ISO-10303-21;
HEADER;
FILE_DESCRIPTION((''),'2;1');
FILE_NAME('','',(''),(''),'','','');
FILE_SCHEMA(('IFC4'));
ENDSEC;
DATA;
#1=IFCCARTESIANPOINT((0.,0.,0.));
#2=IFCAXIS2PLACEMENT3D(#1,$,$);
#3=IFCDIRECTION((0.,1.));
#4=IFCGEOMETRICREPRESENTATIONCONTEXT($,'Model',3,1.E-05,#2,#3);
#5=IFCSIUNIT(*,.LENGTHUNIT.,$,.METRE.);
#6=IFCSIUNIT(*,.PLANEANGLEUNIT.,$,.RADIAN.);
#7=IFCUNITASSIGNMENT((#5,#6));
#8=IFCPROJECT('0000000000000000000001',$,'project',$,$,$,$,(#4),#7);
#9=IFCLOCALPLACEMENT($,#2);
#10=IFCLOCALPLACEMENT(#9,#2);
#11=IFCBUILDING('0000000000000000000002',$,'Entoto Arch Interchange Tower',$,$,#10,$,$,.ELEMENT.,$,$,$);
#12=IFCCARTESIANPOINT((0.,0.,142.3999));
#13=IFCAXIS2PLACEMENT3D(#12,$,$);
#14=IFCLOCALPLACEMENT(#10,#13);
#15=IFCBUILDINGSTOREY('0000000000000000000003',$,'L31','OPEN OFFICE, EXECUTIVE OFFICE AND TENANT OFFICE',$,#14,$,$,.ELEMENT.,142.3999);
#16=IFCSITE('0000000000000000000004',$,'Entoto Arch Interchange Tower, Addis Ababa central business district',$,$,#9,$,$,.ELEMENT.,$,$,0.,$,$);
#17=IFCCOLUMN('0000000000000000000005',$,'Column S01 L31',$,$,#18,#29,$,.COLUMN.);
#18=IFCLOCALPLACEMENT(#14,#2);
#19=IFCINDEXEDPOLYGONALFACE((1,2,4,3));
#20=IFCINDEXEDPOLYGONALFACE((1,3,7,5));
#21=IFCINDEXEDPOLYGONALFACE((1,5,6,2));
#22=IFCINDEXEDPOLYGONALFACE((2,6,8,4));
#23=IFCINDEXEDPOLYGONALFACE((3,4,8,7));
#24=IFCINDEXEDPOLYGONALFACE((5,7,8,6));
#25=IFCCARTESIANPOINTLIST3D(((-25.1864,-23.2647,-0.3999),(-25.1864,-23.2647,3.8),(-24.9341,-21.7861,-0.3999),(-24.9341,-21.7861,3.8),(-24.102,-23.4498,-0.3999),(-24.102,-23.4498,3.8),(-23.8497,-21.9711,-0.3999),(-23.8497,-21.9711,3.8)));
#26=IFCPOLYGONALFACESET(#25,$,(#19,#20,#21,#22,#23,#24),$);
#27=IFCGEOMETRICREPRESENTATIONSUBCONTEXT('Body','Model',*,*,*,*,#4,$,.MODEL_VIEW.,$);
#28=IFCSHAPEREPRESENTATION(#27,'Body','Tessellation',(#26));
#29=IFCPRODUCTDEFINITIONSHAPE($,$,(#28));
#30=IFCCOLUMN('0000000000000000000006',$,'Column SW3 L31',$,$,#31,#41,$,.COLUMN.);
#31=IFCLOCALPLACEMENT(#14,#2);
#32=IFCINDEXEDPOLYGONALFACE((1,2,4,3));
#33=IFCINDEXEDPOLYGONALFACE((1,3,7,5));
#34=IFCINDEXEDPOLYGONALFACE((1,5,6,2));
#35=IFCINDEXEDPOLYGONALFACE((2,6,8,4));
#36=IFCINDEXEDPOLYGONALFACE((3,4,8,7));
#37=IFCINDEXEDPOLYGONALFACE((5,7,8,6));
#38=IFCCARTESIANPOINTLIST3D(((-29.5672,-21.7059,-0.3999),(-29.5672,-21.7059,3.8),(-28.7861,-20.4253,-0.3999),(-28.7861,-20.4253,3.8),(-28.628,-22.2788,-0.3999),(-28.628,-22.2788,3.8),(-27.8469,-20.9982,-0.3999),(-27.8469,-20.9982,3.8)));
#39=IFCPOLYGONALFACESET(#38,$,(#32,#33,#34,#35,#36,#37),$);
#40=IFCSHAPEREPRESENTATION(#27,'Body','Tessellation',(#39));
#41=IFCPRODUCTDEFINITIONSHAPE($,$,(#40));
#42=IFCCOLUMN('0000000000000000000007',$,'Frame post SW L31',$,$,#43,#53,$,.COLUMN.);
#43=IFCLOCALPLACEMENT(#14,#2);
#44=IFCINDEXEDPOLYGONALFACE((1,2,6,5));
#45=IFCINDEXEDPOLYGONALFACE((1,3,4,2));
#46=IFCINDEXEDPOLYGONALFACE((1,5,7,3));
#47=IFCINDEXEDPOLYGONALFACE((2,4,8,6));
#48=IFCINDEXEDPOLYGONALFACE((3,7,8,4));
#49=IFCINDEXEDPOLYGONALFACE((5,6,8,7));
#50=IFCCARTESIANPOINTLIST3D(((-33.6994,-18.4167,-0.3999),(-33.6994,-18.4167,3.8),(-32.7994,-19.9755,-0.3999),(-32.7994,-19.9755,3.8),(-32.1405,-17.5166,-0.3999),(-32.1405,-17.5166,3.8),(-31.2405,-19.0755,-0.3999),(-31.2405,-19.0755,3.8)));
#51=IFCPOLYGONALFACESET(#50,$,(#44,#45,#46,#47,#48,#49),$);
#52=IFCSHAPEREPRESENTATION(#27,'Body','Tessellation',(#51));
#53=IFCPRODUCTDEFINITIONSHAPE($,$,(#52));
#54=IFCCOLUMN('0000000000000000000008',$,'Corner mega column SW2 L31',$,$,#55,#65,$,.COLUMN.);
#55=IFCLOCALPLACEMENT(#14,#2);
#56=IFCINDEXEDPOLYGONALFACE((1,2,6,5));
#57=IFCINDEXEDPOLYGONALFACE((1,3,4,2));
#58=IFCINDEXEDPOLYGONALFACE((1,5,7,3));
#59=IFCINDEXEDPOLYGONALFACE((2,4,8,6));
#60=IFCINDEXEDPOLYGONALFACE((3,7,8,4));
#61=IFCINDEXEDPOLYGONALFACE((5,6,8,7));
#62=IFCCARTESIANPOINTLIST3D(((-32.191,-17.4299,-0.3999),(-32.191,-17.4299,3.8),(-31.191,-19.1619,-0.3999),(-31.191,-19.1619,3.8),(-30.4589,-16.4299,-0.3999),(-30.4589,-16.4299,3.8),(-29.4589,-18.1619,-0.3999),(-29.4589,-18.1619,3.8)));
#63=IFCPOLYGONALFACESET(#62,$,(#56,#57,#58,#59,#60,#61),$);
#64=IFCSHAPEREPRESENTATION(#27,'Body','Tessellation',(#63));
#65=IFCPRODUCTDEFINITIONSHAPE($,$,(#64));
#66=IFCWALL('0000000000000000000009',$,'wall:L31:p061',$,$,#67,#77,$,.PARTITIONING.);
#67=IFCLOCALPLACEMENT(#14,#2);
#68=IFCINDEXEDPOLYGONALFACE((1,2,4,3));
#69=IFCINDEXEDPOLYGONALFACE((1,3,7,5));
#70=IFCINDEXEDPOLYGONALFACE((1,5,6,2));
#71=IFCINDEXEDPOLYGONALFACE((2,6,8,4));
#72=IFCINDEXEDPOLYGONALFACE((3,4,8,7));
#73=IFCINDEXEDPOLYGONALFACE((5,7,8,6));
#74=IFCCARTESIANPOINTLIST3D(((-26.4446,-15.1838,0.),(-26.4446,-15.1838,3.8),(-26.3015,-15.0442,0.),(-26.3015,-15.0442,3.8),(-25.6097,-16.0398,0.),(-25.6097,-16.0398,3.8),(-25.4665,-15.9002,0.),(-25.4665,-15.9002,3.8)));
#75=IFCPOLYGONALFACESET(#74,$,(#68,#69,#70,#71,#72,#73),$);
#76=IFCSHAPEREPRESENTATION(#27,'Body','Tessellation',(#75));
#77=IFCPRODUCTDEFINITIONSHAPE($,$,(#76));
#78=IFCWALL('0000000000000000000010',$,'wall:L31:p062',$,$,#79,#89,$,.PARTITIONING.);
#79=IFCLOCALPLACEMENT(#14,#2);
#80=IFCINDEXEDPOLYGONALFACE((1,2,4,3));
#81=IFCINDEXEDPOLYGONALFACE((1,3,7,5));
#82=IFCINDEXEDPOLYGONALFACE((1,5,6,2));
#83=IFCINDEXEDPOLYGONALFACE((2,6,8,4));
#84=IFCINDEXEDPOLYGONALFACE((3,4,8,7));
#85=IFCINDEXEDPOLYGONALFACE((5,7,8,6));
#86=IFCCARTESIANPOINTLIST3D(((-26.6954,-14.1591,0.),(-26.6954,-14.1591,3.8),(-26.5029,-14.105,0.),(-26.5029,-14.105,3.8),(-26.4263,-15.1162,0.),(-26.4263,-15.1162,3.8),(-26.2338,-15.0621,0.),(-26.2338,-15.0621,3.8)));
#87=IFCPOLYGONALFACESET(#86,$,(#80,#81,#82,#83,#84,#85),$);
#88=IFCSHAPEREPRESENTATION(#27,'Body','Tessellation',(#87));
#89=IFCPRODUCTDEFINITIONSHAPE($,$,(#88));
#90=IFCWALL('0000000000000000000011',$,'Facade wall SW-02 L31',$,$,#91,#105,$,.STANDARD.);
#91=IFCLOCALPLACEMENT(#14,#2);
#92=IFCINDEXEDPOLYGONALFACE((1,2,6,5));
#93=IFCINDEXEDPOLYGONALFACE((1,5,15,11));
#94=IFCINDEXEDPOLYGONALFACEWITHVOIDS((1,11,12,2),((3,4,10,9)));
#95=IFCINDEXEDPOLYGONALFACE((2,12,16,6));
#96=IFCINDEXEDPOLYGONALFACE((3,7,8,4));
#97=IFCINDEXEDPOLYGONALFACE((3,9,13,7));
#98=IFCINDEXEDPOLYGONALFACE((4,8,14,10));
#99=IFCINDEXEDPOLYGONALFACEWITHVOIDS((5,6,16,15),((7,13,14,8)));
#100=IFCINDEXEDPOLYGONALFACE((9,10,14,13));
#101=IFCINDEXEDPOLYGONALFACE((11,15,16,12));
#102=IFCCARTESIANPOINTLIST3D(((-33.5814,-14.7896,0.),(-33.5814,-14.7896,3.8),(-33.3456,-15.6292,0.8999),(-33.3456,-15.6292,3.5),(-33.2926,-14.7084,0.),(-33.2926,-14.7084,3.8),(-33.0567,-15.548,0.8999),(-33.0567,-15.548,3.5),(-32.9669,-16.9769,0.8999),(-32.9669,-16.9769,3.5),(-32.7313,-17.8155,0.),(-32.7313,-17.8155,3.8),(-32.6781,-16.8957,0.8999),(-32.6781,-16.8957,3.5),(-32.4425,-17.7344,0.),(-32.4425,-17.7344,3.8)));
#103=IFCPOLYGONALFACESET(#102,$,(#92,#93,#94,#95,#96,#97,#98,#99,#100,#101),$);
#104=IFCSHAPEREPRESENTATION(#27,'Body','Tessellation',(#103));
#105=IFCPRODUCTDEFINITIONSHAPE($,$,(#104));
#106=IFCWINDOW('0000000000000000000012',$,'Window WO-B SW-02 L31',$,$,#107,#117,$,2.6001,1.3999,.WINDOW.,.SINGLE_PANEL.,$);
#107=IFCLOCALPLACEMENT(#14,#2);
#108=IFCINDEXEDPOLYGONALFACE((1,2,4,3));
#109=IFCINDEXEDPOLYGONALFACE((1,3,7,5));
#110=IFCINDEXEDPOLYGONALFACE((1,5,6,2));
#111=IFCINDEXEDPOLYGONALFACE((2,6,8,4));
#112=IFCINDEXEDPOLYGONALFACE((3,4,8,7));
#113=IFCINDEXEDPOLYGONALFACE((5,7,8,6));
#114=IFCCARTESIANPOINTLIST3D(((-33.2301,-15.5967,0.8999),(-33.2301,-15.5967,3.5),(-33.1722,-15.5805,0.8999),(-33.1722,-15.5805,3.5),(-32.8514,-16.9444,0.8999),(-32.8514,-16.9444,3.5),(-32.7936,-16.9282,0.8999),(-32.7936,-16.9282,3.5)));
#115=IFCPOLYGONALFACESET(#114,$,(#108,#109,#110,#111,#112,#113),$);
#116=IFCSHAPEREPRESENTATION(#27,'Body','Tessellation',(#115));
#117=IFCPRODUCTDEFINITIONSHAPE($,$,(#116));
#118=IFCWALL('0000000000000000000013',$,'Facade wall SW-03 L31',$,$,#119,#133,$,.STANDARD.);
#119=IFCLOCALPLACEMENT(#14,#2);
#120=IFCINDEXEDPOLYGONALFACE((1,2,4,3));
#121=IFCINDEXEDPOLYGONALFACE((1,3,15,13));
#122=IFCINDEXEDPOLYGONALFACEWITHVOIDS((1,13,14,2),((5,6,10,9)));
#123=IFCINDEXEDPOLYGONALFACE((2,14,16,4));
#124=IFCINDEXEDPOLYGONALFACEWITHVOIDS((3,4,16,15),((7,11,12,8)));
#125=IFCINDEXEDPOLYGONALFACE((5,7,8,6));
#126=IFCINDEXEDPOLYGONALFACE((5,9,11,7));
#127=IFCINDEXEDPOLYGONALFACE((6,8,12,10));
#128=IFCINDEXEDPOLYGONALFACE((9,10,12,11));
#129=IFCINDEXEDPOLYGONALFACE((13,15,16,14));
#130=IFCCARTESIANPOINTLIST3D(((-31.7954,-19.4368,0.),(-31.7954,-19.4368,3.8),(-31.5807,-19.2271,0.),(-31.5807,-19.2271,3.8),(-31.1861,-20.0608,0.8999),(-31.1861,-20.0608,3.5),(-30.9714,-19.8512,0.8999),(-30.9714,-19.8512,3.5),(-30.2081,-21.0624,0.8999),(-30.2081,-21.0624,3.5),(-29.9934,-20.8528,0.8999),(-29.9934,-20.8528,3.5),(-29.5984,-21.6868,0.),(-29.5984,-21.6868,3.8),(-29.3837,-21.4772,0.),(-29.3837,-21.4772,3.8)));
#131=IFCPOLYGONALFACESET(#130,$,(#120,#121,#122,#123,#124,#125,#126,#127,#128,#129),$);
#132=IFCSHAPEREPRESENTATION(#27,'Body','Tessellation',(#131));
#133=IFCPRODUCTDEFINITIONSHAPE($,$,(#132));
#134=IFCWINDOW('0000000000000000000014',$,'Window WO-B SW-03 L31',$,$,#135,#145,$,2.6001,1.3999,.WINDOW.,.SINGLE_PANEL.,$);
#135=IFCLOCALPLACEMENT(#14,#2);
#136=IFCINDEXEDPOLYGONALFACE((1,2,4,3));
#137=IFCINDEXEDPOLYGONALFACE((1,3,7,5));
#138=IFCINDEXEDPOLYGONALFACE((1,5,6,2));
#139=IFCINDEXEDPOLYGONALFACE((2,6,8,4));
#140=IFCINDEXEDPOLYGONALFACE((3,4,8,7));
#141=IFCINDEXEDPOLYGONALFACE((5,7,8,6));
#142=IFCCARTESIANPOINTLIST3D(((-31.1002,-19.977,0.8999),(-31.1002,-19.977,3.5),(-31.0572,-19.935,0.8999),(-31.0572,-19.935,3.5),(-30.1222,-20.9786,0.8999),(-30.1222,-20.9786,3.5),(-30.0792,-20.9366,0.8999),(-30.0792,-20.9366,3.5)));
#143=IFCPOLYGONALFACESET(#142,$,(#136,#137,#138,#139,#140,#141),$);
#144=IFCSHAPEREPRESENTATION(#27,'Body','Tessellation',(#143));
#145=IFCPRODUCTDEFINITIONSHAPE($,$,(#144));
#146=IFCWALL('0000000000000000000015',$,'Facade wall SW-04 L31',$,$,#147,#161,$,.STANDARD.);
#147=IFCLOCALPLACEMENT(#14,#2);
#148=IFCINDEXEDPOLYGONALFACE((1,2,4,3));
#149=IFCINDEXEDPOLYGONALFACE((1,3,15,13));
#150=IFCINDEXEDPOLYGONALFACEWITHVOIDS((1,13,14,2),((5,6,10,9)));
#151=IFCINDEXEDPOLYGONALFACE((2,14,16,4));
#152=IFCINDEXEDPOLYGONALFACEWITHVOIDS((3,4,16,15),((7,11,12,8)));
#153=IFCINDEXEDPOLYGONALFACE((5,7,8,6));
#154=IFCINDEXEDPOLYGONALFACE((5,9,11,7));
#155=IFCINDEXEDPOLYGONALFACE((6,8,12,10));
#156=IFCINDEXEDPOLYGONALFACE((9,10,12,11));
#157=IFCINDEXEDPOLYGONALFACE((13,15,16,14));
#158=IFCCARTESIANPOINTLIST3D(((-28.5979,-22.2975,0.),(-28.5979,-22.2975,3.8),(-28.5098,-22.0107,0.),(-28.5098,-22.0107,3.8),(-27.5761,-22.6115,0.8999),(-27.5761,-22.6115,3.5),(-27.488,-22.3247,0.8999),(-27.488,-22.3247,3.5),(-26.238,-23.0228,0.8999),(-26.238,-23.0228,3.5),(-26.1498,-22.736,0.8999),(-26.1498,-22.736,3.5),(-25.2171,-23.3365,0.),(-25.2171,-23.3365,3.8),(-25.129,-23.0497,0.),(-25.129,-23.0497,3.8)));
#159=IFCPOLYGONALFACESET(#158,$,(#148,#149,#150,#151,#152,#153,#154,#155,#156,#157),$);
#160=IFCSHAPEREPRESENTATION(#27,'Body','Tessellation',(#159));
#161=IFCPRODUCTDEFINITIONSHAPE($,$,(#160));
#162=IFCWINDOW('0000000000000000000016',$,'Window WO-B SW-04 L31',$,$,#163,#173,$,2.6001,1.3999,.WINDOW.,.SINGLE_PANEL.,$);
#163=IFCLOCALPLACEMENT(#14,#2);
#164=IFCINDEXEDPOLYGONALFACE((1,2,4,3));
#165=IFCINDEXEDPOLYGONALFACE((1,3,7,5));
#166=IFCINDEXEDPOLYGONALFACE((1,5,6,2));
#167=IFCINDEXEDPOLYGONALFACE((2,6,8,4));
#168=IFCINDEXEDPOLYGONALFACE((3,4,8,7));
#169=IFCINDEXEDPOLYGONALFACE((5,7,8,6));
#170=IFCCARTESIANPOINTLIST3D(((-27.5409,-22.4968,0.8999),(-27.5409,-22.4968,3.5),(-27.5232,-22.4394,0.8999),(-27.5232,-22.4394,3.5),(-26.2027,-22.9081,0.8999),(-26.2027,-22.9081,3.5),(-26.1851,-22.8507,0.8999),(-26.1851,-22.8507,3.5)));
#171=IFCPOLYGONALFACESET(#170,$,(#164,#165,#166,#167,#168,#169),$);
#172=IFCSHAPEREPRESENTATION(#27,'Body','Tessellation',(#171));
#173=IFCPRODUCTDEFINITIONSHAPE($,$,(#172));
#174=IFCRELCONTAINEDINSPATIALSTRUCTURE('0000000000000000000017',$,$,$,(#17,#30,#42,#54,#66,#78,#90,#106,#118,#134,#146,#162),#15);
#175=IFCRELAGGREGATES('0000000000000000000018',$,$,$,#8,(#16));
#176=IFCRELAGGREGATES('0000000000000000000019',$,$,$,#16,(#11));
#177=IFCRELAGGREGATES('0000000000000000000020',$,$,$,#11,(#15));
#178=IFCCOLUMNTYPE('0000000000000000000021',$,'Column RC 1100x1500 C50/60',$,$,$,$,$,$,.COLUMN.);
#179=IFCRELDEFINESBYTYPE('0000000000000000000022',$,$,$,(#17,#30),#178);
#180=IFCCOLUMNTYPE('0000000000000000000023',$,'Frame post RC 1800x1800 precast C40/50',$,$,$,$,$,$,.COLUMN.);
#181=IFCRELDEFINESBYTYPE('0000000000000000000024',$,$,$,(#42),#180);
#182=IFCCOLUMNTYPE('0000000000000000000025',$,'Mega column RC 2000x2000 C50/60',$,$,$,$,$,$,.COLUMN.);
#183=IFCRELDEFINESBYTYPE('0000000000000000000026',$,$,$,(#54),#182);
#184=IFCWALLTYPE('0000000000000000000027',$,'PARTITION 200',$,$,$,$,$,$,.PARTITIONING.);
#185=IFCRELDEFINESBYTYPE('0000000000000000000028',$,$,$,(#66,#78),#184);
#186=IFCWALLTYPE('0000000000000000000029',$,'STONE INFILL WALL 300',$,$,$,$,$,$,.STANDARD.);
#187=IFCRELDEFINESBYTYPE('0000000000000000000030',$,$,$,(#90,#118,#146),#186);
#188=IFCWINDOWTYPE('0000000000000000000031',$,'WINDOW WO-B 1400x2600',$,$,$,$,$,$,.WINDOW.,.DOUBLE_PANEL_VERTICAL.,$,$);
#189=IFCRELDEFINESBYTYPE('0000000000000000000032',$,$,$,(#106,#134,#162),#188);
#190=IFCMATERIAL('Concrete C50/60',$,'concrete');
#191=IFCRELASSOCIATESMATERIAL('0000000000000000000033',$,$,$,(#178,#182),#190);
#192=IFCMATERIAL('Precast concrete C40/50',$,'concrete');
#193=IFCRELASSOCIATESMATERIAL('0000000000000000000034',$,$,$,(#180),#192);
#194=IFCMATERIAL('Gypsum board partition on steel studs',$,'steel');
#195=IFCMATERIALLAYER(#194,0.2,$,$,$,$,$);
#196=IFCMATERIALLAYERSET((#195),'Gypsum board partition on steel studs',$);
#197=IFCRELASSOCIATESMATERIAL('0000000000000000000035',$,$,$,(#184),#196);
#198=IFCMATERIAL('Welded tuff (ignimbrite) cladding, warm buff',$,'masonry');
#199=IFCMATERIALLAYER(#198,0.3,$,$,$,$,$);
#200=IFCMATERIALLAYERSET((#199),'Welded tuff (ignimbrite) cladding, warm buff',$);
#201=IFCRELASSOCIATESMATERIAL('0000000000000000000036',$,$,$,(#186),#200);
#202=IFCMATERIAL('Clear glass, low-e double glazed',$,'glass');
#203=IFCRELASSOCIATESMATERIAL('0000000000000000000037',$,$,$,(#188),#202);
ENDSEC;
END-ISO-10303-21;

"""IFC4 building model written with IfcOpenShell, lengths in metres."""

from ifc_helpers import new_model, si_unit, direction, frame, frame_2d, origin, origin_2d, place, context, subcontext, project, spatial, rectangle, extrude, material, layer, layer_set, material_profile, profile_set, type_object, element, fill, save


model = new_model("IFC4")

# Units and contexts
model_context = context("Model", 3, precision=1e-05, world=origin(), true_north=direction((0.0, 1.0)))
body_context = subcontext(model_context, "Body", "Model", "MODEL_VIEW")
ifc_project = project(units=[si_unit("LENGTHUNIT", "METRE"), si_unit("PLANEANGLEUNIT", "RADIAN")], contexts=[model_context])

# Site, building, storey
site_placement = place(None, origin())
site = spatial("IfcSite", under=ifc_project, at=site_placement, Name="Entoto Arch Interchange Tower, Addis Ababa central business district", CompositionType="ELEMENT", RefElevation=0.0)
building_placement = place(site_placement, origin())
building = spatial("IfcBuilding", under=site, at=building_placement, Name="Entoto Arch Interchange Tower", CompositionType="ELEMENT")
storey_placement = place(building_placement, frame((0.0, 0.0, 142.3999)))
storey = spatial("IfcBuildingStorey", under=building, at=storey_placement, Name="L31", Description="OPEN OFFICE, EXECUTIVE OFFICE AND TENANT OFFICE", CompositionType="ELEMENT", Elevation=142.3999)

# Columns
ifc_material_1 = material(Name="Concrete C50/60", Category="concrete")
ifc_material_profile_1 = material_profile(ifc_material_1, rectangle(XDim=1.1001, YDim=1.5, at=origin_2d()))
ifc_profile_set_1 = profile_set([ifc_material_profile_1], Name="Concrete C50/60")
column_type_1 = type_object("IfcColumnType", Name="Column RC 1100x1500 C50/60", PredefinedType="COLUMN", material=ifc_profile_set_1)
for number, where, z_axis, x_axis, name in (
    (1, (-24.5181, -22.6179, -0.3999), (0.0, 0.0, 1.0), (-0.985753, 0.168197, 0.0), "Column S01 L31"),
    (2, (-28.707, -21.3521, -0.3999), (0.0, 0.0, 1.0), (-0.853714, 0.520741, 0.0), "Column SW3 L31"),
):
    element("IfcColumn", number, at=place(storey_placement, frame(where, z_axis=z_axis, x_axis=x_axis)), inside=storey, type_object=column_type_1, Name=name, PredefinedType="COLUMN", context=body_context, shape_type="SweptSolid", body=[
        extrude(rectangle(XDim=1.1001, YDim=1.5, at=origin_2d()), origin(), (0.0, 0.0, 1.0), 4.2),
    ])
ifc_material_2 = material(Name="Precast concrete C40/50", Category="concrete")
ifc_material_profile_2 = material_profile(ifc_material_2, rectangle(XDim=1.8, YDim=1.8, at=origin_2d()))
ifc_profile_set_2 = profile_set([ifc_material_profile_2], Name="Precast concrete C40/50")
column_type_2 = type_object("IfcColumnType", Name="Frame post RC 1800x1800 precast C40/50", PredefinedType="COLUMN", material=ifc_profile_set_2)
column_1_placement = place(storey_placement, frame((-32.47, -18.7461, -0.3999), z_axis=(0.0, 0.0, 1.0), x_axis=(0.866025, 0.5, 0.0)))
element("IfcColumn", 3, at=column_1_placement, inside=storey, type_object=column_type_2, Name="Frame post SW L31", PredefinedType="COLUMN", context=body_context, shape_type="SweptSolid", body=[
    extrude(rectangle(XDim=1.8, YDim=1.8, at=origin_2d()), origin(), (0.0, 0.0, 1.0), 4.2),
])
ifc_material_profile_3 = material_profile(ifc_material_1, rectangle(XDim=2.0, YDim=2.0, at=origin_2d()))
ifc_profile_set_3 = profile_set([ifc_material_profile_3], Name="Concrete C50/60")
column_type_3 = type_object("IfcColumnType", Name="Mega column RC 2000x2000 C50/60", PredefinedType="COLUMN", material=ifc_profile_set_3)
column_2_placement = place(storey_placement, frame((-30.825, -17.7959, -0.3999), z_axis=(0.0, 0.0, 1.0), x_axis=(0.866025, 0.5, 0.0)))
element("IfcColumn", 4, at=column_2_placement, inside=storey, type_object=column_type_3, Name="Corner mega column SW2 L31", PredefinedType="COLUMN", context=body_context, shape_type="SweptSolid", body=[
    extrude(rectangle(XDim=2.0, YDim=2.0, at=origin_2d()), origin(), (0.0, 0.0, 1.0), 4.2),
])

# Walls
ifc_material_3 = material(Name="Gypsum board partition on steel studs", Category="steel")
ifc_layer_1 = layer(ifc_material_3, 0.2)
ifc_layer_set_1 = layer_set([ifc_layer_1], Name="Gypsum board partition on steel studs")
wall_type_1 = type_object("IfcWallType", Name="PARTITION 200", PredefinedType="PARTITIONING", material=ifc_layer_set_1)
wall_1_placement = place(storey_placement, frame((-25.5381, -15.97, 0.0), z_axis=(0.0, 0.0, 1.0), x_axis=(-0.698273, 0.715832, 0.0)))
element("IfcWall", 5, at=wall_1_placement, inside=storey, type_object=wall_type_1, Name="wall:L31:p061", PredefinedType="PARTITIONING", context=body_context, shape_type="SweptSolid", body=[
    extrude(rectangle(XDim=1.1958, YDim=0.2, at=frame_2d((0.5979, 0.0))), origin(), (0.0, 0.0, 1.0), 3.8),
])
wall_2_placement = place(storey_placement, frame((-26.3301, -15.0891, 0.0), z_axis=(0.0, 0.0, 1.0), x_axis=(-0.270632, 0.962683, 0.0)))
element("IfcWall", 6, at=wall_2_placement, inside=storey, type_object=wall_type_1, Name="wall:L31:p062", PredefinedType="PARTITIONING", context=body_context, shape_type="SweptSolid", body=[
    extrude(rectangle(XDim=0.9941, YDim=0.2, at=frame_2d((0.4971, 0.0))), origin(), (0.0, 0.0, 1.0), 3.8),
])

# Walls, openings, windows
ifc_material_4 = material(Name="Welded tuff (ignimbrite) cladding, warm buff", Category="masonry")
ifc_layer_2 = layer(ifc_material_4, 0.3)
ifc_layer_set_2 = layer_set([ifc_layer_2], Name="Welded tuff (ignimbrite) cladding, warm buff")
wall_type_2 = type_object("IfcWallType", Name="STONE INFILL WALL 300", PredefinedType="STANDARD", material=ifc_layer_set_2)
wall_3_placement = place(storey_placement, frame((-33.437, -14.749, 0.0), z_axis=(0.0, 0.0, 1.0), x_axis=(0.270471, -0.962728, 0.0)))
wall_3 = element("IfcWall", 7, at=wall_3_placement, inside=storey, type_object=wall_type_2, Name="Facade wall SW-02 L31", PredefinedType="STANDARD", context=body_context, shape_type="SweptSolid", body=[
    extrude(rectangle(XDim=3.1431, YDim=0.3, at=frame_2d((1.5715, 0.0))), origin(), (0.0, 0.0, 1.0), 3.8),
])
opening_1_placement = place(wall_3_placement, frame((0.8721, 0.0, 0.8999)))
opening_1 = element("IfcOpeningElement", 8, at=opening_1_placement, cuts=wall_3, PredefinedType="OPENING", context=body_context, shape_type="SweptSolid", body=[
    extrude(rectangle(XDim=1.3999, YDim=2.6001, at=frame_2d((0.7, 1.3))), frame((0.0, 0.1602, 0.0), z_axis=(0.0, -1.0, 0.0), x_axis=(1.0, 0.0, 0.0)), (0.0, 0.0, 1.0), 0.3201),
])
ifc_material_5 = material(Name="Clear glass, low-e double glazed", Category="glass")
window_type = type_object("IfcWindowType", Name="WINDOW WO-B 1400x2600", PartitioningType="DOUBLE_PANEL_VERTICAL", PredefinedType="WINDOW", material=ifc_material_5)
window_1_placement = place(opening_1_placement, origin())
window_1 = element("IfcWindow", 9, at=window_1_placement, inside=storey, type_object=window_type, Name="Window WO-B SW-02 L31", OverallHeight=2.6001, OverallWidth=1.3999, PartitioningType="SINGLE_PANEL", PredefinedType="WINDOW", context=body_context, shape_type="SweptSolid", body=[
    extrude(rectangle(XDim=1.3999, YDim=2.6001, at=frame_2d((0.7, 1.3))), frame((0.0, 0.03, 0.0), z_axis=(0.0, -1.0, 0.0), x_axis=(1.0, 0.0, 0.0)), (0.0, 0.0, 1.0), 0.0601),
])
fill(opening_1, window_1)
wall_4_placement = place(storey_placement, frame((-31.688, -19.332, 0.0), z_axis=(0.0, 0.0, 1.0), x_axis=(0.698633, -0.71548, 0.0)))
wall_4 = element("IfcWall", 10, at=wall_4_placement, inside=storey, type_object=wall_type_2, Name="Facade wall SW-03 L31", PredefinedType="STANDARD", context=body_context, shape_type="SweptSolid", body=[
    extrude(rectangle(XDim=3.1448, YDim=0.3, at=frame_2d((1.5723, 0.0))), origin(), (0.0, 0.0, 1.0), 3.8),
])
opening_2_placement = place(wall_4_placement, frame((0.8721, 0.0, 0.8999)))
opening_2 = element("IfcOpeningElement", 11, at=opening_2_placement, cuts=wall_4, PredefinedType="OPENING", context=body_context, shape_type="SweptSolid", body=[
    extrude(rectangle(XDim=1.3999, YDim=2.6001, at=frame_2d((0.7, 1.3))), frame((0.0, 0.1602, 0.0), z_axis=(0.0, -1.0, 0.0), x_axis=(1.0, 0.0, 0.0)), (0.0, 0.0, 1.0), 0.3201),
])
window_2_placement = place(opening_2_placement, origin())
window_2 = element("IfcWindow", 12, at=window_2_placement, inside=storey, type_object=window_type, Name="Window WO-B SW-03 L31", OverallHeight=2.6001, OverallWidth=1.3999, PartitioningType="SINGLE_PANEL", PredefinedType="WINDOW", context=body_context, shape_type="SweptSolid", body=[
    extrude(rectangle(XDim=1.3999, YDim=2.6001, at=frame_2d((0.7, 1.3))), frame((0.0, 0.03, 0.0), z_axis=(0.0, -1.0, 0.0), x_axis=(1.0, 0.0, 0.0)), (0.0, 0.0, 1.0), 0.0601),
])
fill(opening_2, window_2)
wall_5_placement = place(storey_placement, frame((-28.554, -22.1541, 0.0), z_axis=(0.0, 0.0, 1.0), x_axis=(0.955874, -0.293775, 0.0)))
wall_5 = element("IfcWall", 13, at=wall_5_placement, inside=storey, type_object=wall_type_2, Name="Facade wall SW-04 L31", PredefinedType="STANDARD", context=body_context, shape_type="SweptSolid", body=[
    extrude(rectangle(XDim=3.5369, YDim=0.3, at=frame_2d((1.7686, 0.0))), origin(), (0.0, 0.0, 1.0), 3.8),
])
opening_3_placement = place(wall_5_placement, frame((1.0691, 0.0, 0.8999)))
opening_3 = element("IfcOpeningElement", 14, at=opening_3_placement, cuts=wall_5, PredefinedType="OPENING", context=body_context, shape_type="SweptSolid", body=[
    extrude(rectangle(XDim=1.3999, YDim=2.6001, at=frame_2d((0.7, 1.3))), frame((0.0, 0.1602, 0.0), z_axis=(0.0, -1.0, 0.0), x_axis=(1.0, 0.0, 0.0)), (0.0, 0.0, 1.0), 0.3201),
])
window_3_placement = place(opening_3_placement, origin())
window_3 = element("IfcWindow", 15, at=window_3_placement, inside=storey, type_object=window_type, Name="Window WO-B SW-04 L31", OverallHeight=2.6001, OverallWidth=1.3999, PartitioningType="SINGLE_PANEL", PredefinedType="WINDOW", context=body_context, shape_type="SweptSolid", body=[
    extrude(rectangle(XDim=1.3999, YDim=2.6001, at=frame_2d((0.7, 1.3))), frame((0.0, 0.03, 0.0), z_axis=(0.0, -1.0, 0.0), x_axis=(1.0, 0.0, 0.0)), (0.0, 0.0, 1.0), 0.0601),
])
fill(opening_3, window_3)

save(model, "model.ifc")
